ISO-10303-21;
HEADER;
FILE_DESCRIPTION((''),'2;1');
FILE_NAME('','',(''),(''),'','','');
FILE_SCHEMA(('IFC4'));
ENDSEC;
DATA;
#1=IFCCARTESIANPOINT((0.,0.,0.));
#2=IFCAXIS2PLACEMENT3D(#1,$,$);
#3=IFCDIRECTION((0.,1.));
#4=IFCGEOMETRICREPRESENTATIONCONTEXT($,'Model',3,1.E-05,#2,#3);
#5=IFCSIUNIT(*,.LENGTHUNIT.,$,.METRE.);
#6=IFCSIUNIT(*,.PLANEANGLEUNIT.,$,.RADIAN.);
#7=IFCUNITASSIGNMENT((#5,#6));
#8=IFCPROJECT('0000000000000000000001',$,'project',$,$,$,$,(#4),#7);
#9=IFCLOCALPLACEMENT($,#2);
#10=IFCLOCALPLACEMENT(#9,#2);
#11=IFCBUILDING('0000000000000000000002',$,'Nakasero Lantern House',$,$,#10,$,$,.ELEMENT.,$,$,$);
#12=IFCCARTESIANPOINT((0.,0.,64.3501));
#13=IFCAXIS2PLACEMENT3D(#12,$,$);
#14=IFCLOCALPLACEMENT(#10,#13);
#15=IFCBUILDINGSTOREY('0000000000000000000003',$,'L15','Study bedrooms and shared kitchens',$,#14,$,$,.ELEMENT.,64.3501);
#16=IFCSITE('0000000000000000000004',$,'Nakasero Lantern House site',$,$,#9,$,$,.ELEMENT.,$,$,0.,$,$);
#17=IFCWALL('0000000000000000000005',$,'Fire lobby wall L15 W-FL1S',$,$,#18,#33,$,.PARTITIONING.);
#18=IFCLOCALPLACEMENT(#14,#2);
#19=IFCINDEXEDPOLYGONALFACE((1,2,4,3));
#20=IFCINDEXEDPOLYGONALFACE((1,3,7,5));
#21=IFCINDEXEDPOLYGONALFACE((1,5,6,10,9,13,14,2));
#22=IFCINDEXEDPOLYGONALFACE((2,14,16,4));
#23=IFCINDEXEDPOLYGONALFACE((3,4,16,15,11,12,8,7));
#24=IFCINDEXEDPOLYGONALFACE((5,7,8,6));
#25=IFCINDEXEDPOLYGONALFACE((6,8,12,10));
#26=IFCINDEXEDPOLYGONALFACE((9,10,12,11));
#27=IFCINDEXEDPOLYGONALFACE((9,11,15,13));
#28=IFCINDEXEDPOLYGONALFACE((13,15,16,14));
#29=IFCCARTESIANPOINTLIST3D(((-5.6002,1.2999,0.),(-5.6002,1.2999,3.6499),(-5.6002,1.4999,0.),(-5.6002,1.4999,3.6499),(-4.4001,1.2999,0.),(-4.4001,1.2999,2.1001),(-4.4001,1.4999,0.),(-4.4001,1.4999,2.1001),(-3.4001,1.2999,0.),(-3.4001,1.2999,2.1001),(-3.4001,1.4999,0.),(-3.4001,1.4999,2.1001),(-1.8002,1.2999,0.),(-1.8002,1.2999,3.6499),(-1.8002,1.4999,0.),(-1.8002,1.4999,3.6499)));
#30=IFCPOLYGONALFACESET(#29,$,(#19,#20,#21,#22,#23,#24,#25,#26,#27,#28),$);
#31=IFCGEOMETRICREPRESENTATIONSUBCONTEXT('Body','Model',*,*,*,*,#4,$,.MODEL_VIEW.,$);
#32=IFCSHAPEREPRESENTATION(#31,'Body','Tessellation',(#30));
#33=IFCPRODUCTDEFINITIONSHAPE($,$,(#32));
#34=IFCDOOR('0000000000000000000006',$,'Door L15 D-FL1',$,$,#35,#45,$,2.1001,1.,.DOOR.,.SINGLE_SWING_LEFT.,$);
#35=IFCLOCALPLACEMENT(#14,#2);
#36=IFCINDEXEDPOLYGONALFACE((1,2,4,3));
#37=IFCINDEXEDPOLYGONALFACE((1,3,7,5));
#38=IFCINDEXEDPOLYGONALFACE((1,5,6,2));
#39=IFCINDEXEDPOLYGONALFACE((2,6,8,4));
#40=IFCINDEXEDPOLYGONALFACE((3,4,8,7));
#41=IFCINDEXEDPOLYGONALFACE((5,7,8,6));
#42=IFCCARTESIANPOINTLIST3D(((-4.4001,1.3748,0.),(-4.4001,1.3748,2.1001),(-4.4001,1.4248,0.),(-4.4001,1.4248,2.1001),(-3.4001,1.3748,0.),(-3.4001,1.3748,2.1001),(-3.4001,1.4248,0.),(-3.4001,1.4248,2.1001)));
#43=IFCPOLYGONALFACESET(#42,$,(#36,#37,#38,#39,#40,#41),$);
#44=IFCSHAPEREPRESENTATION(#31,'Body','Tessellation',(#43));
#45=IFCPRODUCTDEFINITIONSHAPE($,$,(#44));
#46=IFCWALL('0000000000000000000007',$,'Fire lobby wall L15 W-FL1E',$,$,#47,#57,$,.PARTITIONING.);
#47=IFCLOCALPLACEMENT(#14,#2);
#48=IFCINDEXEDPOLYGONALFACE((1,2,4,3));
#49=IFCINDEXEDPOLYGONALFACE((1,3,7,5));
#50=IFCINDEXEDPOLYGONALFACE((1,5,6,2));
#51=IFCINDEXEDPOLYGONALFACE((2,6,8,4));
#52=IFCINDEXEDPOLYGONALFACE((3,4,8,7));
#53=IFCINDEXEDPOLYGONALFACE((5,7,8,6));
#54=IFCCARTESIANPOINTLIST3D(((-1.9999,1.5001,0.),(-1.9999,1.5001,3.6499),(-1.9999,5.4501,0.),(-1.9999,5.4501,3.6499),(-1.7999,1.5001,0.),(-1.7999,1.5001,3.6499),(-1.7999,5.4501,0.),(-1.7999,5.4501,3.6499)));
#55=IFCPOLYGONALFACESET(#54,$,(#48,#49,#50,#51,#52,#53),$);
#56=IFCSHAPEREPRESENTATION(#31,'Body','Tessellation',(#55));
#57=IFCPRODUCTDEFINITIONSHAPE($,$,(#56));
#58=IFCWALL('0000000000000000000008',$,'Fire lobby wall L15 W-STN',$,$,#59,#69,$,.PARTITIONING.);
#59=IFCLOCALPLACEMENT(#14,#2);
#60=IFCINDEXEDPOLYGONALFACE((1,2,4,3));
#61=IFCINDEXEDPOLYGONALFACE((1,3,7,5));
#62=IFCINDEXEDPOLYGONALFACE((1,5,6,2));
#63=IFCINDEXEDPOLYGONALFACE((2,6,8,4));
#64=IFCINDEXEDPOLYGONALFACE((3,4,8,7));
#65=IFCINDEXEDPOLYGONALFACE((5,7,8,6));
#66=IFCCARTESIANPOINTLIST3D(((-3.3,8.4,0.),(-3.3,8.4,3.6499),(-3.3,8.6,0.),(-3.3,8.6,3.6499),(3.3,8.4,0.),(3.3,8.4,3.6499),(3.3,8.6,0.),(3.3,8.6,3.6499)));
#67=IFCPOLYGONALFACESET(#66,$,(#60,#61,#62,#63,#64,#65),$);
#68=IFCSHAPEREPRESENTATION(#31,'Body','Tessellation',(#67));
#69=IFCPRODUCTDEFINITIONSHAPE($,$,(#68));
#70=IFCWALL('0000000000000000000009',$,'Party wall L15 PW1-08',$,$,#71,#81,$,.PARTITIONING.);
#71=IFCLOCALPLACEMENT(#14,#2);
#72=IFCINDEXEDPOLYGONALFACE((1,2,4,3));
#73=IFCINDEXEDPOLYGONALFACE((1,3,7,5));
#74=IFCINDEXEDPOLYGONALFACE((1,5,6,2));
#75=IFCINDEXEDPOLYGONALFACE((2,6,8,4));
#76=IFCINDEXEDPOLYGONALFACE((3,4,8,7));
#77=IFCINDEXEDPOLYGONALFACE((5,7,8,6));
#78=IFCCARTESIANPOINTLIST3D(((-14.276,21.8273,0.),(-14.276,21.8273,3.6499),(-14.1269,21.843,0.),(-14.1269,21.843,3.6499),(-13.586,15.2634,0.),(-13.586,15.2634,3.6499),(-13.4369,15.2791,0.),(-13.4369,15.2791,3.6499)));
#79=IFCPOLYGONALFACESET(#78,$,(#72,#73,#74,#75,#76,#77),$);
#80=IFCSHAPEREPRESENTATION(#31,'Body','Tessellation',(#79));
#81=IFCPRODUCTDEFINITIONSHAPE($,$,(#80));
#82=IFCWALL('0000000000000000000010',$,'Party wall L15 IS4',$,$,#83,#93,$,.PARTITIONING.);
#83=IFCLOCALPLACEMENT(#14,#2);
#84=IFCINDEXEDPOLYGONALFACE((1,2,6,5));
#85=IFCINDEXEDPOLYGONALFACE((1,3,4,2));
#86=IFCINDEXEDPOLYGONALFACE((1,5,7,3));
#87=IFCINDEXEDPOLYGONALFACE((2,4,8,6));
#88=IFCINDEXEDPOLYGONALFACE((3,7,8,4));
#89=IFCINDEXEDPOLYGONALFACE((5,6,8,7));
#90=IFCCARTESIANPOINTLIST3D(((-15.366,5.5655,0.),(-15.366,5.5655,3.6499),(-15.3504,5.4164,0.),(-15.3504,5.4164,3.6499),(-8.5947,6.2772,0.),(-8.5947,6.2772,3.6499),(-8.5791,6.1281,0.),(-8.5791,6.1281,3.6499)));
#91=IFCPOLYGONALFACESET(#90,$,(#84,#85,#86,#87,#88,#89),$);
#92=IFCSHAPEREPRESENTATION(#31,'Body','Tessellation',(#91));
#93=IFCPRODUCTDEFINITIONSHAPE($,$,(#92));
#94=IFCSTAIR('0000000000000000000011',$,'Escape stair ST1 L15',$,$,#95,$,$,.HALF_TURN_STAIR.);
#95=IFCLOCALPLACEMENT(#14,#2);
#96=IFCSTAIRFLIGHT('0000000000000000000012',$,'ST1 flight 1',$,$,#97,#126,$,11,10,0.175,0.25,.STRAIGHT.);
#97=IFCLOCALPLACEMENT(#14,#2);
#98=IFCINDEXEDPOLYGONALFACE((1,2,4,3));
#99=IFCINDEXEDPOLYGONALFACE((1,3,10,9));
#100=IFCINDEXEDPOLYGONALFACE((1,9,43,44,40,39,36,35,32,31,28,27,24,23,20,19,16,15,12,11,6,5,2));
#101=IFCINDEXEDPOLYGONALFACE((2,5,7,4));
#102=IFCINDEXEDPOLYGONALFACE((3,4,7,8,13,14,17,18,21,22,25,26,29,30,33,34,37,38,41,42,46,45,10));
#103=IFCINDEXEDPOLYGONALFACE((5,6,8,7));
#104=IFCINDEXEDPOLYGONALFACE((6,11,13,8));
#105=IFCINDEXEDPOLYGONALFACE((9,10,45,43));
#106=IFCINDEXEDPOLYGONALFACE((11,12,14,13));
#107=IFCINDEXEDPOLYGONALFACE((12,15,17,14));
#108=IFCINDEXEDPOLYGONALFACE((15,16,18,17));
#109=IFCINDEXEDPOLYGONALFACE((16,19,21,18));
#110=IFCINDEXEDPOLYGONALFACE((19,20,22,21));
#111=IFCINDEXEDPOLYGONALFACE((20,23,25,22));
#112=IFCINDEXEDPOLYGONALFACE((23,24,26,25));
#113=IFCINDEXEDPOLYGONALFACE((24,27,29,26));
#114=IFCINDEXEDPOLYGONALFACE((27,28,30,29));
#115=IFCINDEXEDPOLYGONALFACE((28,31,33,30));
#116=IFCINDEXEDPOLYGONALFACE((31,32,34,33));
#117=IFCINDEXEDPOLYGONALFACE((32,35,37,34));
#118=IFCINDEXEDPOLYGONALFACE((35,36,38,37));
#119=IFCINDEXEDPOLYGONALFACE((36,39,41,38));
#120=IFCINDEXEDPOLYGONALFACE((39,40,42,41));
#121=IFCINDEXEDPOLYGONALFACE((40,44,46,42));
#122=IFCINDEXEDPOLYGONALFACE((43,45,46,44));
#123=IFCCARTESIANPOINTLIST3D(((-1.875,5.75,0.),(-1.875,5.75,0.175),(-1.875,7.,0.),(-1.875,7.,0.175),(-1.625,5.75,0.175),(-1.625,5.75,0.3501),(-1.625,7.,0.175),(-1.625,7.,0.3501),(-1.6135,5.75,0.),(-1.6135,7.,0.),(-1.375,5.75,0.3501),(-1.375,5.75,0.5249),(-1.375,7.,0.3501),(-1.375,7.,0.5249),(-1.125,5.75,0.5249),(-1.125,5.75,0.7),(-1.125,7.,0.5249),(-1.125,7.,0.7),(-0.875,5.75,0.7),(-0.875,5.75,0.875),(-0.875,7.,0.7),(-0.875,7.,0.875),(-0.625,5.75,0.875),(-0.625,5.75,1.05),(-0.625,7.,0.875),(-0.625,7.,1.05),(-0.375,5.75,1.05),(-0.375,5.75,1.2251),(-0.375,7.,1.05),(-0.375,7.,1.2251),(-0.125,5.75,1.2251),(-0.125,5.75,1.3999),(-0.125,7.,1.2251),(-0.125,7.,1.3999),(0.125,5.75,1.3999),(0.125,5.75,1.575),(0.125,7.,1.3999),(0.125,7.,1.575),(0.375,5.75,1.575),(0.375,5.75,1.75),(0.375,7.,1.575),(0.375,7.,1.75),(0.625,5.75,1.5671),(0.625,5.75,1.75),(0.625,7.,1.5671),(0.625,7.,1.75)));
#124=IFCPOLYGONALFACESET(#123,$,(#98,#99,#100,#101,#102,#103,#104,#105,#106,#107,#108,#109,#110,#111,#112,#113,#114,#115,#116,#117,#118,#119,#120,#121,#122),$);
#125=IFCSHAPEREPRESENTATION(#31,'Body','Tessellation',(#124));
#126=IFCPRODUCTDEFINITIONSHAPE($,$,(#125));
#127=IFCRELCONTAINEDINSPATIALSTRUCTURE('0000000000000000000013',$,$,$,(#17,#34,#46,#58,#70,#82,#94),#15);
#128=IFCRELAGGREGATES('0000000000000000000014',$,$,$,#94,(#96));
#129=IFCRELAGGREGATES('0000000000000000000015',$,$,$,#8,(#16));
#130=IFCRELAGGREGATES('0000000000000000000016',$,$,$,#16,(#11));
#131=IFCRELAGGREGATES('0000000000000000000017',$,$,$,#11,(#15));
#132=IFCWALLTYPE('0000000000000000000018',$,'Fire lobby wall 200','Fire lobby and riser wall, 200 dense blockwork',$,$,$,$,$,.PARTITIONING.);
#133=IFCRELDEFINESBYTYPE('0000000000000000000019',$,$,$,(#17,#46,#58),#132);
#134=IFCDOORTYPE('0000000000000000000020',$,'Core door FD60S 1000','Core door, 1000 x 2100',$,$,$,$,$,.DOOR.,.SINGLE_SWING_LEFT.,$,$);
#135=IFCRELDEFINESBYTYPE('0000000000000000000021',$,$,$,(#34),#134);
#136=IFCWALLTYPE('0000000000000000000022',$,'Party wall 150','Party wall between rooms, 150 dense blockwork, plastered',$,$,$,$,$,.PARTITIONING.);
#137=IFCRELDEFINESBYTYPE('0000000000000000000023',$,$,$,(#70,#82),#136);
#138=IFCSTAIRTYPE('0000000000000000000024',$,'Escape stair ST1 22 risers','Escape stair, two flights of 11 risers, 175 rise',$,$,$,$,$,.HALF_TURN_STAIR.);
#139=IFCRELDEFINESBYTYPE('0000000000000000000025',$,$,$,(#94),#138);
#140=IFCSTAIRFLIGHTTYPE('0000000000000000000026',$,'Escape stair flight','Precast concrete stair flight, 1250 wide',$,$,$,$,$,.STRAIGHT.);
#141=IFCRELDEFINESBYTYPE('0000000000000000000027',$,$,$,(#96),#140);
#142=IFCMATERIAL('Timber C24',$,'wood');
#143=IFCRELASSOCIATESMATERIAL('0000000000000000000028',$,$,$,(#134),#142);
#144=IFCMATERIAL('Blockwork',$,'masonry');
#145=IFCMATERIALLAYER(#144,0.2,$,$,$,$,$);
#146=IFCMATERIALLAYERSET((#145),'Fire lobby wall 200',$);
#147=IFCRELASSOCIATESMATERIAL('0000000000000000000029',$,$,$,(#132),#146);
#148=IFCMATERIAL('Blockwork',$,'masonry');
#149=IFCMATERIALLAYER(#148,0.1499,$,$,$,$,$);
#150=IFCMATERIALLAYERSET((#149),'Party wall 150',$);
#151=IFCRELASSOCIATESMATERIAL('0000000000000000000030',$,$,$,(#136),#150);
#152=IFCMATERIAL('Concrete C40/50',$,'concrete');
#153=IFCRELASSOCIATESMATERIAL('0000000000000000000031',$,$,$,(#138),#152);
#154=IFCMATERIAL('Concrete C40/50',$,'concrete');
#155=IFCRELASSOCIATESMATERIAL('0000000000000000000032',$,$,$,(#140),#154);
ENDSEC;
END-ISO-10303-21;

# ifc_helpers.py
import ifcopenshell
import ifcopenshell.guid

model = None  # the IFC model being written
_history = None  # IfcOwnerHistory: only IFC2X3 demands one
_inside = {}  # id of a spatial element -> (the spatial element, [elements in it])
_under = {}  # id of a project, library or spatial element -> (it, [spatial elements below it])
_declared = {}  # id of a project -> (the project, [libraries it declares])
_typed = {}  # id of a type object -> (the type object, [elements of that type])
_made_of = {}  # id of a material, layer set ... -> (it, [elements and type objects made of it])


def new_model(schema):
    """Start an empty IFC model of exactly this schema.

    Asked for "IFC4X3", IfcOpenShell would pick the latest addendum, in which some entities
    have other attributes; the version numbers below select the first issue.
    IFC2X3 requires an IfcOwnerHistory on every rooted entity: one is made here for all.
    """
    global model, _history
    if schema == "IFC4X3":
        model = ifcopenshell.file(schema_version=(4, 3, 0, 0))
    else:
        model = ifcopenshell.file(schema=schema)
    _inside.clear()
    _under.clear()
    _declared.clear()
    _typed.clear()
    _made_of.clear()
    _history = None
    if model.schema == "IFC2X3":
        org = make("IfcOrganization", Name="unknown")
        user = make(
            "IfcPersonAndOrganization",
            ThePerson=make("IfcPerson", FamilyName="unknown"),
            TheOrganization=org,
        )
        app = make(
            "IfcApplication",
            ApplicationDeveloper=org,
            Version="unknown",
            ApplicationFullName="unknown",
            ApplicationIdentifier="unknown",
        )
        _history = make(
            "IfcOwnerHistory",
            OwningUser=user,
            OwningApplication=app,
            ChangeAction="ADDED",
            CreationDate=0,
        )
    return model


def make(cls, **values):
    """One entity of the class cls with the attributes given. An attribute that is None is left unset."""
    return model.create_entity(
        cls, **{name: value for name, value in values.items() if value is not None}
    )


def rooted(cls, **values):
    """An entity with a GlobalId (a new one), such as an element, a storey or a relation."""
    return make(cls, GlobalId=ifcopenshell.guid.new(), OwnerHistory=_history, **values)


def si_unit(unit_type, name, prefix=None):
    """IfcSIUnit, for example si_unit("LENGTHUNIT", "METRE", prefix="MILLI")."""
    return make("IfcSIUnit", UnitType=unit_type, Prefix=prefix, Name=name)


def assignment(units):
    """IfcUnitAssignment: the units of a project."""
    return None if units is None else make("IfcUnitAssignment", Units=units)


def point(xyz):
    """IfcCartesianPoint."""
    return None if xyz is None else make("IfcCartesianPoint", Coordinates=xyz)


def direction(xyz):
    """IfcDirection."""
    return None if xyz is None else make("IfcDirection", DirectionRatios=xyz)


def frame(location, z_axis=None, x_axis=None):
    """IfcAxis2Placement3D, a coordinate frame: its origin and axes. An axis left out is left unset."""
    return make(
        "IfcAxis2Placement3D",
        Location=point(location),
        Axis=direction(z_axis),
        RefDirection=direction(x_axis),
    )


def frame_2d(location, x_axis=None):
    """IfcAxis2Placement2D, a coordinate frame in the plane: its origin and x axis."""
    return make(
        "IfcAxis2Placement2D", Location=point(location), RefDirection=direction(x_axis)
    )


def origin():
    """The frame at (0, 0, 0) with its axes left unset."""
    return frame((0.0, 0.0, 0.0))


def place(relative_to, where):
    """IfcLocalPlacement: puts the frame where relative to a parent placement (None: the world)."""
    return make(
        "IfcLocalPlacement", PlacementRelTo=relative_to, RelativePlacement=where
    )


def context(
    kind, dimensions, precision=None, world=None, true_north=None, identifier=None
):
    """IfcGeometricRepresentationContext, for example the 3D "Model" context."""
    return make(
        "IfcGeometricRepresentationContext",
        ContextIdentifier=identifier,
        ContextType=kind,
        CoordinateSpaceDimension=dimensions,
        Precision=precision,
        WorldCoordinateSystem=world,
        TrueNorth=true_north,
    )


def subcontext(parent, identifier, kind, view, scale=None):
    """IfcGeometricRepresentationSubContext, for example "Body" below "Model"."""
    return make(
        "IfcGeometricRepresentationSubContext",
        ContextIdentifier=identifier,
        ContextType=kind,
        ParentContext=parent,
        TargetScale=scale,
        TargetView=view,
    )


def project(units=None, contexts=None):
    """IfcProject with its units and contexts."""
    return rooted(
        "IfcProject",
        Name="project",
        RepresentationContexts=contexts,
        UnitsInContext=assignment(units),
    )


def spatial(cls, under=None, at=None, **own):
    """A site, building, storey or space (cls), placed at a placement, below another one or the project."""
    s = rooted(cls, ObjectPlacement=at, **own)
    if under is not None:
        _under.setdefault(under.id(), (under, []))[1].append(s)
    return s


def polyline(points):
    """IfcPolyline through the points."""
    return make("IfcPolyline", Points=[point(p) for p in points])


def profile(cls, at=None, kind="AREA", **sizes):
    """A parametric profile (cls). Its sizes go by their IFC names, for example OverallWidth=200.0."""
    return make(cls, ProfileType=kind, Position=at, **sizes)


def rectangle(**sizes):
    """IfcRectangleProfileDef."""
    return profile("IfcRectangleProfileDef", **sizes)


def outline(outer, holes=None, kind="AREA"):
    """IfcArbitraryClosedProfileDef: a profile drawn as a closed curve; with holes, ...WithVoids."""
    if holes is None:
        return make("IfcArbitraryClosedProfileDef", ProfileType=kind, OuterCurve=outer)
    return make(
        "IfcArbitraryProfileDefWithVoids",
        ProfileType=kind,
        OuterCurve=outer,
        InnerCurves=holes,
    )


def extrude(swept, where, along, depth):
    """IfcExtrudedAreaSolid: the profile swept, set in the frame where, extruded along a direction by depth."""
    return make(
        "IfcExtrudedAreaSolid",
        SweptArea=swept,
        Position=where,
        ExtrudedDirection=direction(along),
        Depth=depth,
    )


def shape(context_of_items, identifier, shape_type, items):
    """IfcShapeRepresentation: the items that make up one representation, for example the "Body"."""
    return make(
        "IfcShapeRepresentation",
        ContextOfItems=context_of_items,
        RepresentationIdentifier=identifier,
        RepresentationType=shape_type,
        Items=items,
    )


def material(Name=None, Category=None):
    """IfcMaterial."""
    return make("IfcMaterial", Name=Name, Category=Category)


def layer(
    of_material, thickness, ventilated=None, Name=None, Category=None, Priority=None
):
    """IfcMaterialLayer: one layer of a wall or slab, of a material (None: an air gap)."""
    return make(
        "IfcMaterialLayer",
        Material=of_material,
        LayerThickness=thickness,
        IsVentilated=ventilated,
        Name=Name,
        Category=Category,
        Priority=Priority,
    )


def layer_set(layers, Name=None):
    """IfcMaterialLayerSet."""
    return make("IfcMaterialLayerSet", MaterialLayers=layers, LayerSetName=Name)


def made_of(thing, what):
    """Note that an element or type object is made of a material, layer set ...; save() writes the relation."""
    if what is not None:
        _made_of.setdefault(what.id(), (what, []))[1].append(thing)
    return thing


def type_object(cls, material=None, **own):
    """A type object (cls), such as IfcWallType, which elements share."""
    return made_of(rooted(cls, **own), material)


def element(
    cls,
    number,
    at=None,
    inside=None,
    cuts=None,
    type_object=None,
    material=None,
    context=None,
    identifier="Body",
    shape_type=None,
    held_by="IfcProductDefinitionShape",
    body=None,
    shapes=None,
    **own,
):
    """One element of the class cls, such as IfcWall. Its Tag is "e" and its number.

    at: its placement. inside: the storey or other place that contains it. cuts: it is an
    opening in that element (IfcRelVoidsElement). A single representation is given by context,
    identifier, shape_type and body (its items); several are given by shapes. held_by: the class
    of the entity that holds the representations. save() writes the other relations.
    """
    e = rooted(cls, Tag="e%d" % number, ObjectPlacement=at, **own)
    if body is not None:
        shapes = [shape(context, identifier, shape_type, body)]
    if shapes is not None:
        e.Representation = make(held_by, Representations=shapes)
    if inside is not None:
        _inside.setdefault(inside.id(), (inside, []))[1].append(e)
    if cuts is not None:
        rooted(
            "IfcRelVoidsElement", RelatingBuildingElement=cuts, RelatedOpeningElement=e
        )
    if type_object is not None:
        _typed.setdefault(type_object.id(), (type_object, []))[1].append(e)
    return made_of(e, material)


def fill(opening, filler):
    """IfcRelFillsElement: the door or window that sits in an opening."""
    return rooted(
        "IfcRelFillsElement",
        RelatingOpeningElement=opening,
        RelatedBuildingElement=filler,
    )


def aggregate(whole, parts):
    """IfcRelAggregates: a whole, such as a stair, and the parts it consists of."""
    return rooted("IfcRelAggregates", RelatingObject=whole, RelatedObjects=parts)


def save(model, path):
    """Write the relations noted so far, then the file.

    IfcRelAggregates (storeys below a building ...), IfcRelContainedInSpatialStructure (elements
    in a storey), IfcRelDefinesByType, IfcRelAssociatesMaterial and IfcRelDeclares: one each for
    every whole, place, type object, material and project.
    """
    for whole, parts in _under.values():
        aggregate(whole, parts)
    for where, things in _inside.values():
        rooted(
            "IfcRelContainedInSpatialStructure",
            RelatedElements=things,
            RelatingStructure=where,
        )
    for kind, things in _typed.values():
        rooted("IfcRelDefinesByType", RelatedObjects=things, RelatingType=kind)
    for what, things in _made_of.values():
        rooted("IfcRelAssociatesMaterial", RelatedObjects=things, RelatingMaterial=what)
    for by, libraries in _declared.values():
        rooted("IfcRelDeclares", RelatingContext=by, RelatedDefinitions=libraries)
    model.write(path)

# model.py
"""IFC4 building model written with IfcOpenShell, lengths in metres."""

from ifc_helpers import new_model, si_unit, direction, frame, frame_2d, origin, place, context, subcontext, project, spatial, polyline, rectangle, outline, extrude, material, layer, layer_set, type_object, element, fill, aggregate, save


model = new_model("IFC4")

# Units and contexts
model_context = context("Model", 3, precision=1e-05, world=origin(), true_north=direction((0.0, 1.0)))
body_context = subcontext(model_context, "Body", "Model", "MODEL_VIEW")
ifc_project = project(units=[si_unit("LENGTHUNIT", "METRE"), si_unit("PLANEANGLEUNIT", "RADIAN")], contexts=[model_context])

# Site, building, storey
site_placement = place(None, origin())
site = spatial("IfcSite", under=ifc_project, at=site_placement, Name="Nakasero Lantern House site", CompositionType="ELEMENT", RefElevation=0.0)
building_placement = place(site_placement, origin())
building = spatial("IfcBuilding", under=site, at=building_placement, Name="Nakasero Lantern House", CompositionType="ELEMENT")
storey_placement = place(building_placement, frame((0.0, 0.0, 64.3501)))
storey = spatial("IfcBuildingStorey", under=building, at=storey_placement, Name="L15", Description="Study bedrooms and shared kitchens", CompositionType="ELEMENT", Elevation=64.3501)

# Shared definitions
ifc_material_1 = material(Name="Timber C24", Category="wood")
door_type_1 = type_object("IfcDoorType", Name="Core door FD60S 1000", Description="Core door, 1000 x 2100", OperationType="SINGLE_SWING_LEFT", PredefinedType="DOOR", material=ifc_material_1)

# Wall, opening, door
ifc_material_2 = material(Name="Blockwork", Category="masonry")
ifc_layer_1 = layer(ifc_material_2, 0.2)
ifc_layer_set_1 = layer_set([ifc_layer_1], Name="Fire lobby wall 200")
wall_type_1 = type_object("IfcWallType", Name="Fire lobby wall 200", Description="Fire lobby and riser wall, 200 dense blockwork", PredefinedType="PARTITIONING", material=ifc_layer_set_1)
wall_1_placement = place(storey_placement, frame((-5.6001, 1.3999, 0.0), z_axis=(0.0, 0.0, 1.0), x_axis=(1.0, 0.0, 0.0)))
wall_1 = element("IfcWall", 1, at=wall_1_placement, inside=storey, type_object=wall_type_1, Name="Fire lobby wall L15 W-FL1S", PredefinedType="PARTITIONING", context=body_context, shape_type="SweptSolid", body=[
    extrude(rectangle(XDim=3.8, YDim=0.2, at=frame_2d((1.8999, 0.0))), origin(), (0.0, 0.0, 1.0), 3.6499),
])
opening_1_placement = place(wall_1_placement, frame((1.2, 0.0, 0.0)))
opening_1 = element("IfcOpeningElement", 2, at=opening_1_placement, cuts=wall_1, PredefinedType="OPENING", context=body_context, shape_type="SweptSolid", body=[
    extrude(rectangle(XDim=1.0, YDim=2.1001, at=frame_2d((0.5, 1.05))), frame((0.0, 0.1199, 0.0), z_axis=(0.0, -1.0, 0.0), x_axis=(1.0, 0.0, 0.0)), (0.0, 0.0, 1.0), 0.24),
])
door_1_placement = place(opening_1_placement, origin())
door_1 = element("IfcDoor", 3, at=door_1_placement, inside=storey, type_object=door_type_1, Name="Door L15 D-FL1", OperationType="SINGLE_SWING_LEFT", OverallHeight=2.1001, OverallWidth=1.0, PredefinedType="DOOR", context=body_context, shape_type="SweptSolid", body=[
    extrude(rectangle(XDim=1.0, YDim=2.1001, at=frame_2d((0.5, 1.05))), frame((0.0, 0.0249, 0.0), z_axis=(0.0, -1.0, 0.0), x_axis=(1.0, 0.0, 0.0)), (0.0, 0.0, 1.0), 0.05),
])
fill(opening_1, door_1)

# Walls
wall_2_placement = place(storey_placement, frame((-1.8999, 1.5, 0.0), z_axis=(0.0, 0.0, 1.0), x_axis=(0.0, 1.0, 0.0)))
element("IfcWall", 4, at=wall_2_placement, inside=storey, type_object=wall_type_1, Name="Fire lobby wall L15 W-FL1E", PredefinedType="PARTITIONING", context=body_context, shape_type="SweptSolid", body=[
    extrude(rectangle(XDim=3.95, YDim=0.2, at=frame_2d((1.9751, 0.0))), origin(), (0.0, 0.0, 1.0), 3.6499),
])
wall_3_placement = place(storey_placement, frame((-3.3, 8.5, 0.0), z_axis=(0.0, 0.0, 1.0), x_axis=(1.0, 0.0, 0.0)))
element("IfcWall", 5, at=wall_3_placement, inside=storey, type_object=wall_type_1, Name="Fire lobby wall L15 W-STN", PredefinedType="PARTITIONING", context=body_context, shape_type="SweptSolid", body=[
    extrude(rectangle(XDim=6.6001, YDim=0.2, at=frame_2d((3.3, 0.0))), origin(), (0.0, 0.0, 1.0), 3.6499),
])
ifc_material_3 = material(Name="Blockwork", Category="masonry")
ifc_layer_2 = layer(ifc_material_3, 0.1499)
ifc_layer_set_2 = layer_set([ifc_layer_2], Name="Party wall 150")
wall_type_2 = type_object("IfcWallType", Name="Party wall 150", Description="Party wall between rooms, 150 dense blockwork, plastered", PredefinedType="PARTITIONING", material=ifc_layer_set_2)
wall_4_placement = place(storey_placement, frame((-13.5115, 15.2712, 0.0), z_axis=(0.0, 0.0, 1.0), x_axis=(-0.104535, 0.994521, 0.0)))
element("IfcWall", 6, at=wall_4_placement, inside=storey, type_object=wall_type_2, Name="Party wall L15 PW1-08", PredefinedType="PARTITIONING", context=body_context, shape_type="SweptSolid", body=[
    extrude(rectangle(XDim=6.6001, YDim=0.1499, at=frame_2d((3.3, 0.0))), origin(), (0.0, 0.0, 1.0), 3.6499),
])
wall_5_placement = place(storey_placement, frame((-8.5869, 6.2026, 0.0), z_axis=(0.0, 0.0, 1.0), x_axis=(-0.994522, -0.104526, 0.0)))
element("IfcWall", 7, at=wall_5_placement, inside=storey, type_object=wall_type_2, Name="Party wall L15 IS4", PredefinedType="PARTITIONING", context=body_context, shape_type="SweptSolid", body=[
    extrude(rectangle(XDim=6.8086, YDim=0.1499, at=frame_2d((3.4043, 0.0))), origin(), (0.0, 0.0, 1.0), 3.6499),
])

# Stair, stair flight
ifc_material_4 = material(Name="Concrete C40/50", Category="concrete")
stair_type = type_object("IfcStairType", Name="Escape stair ST1 22 risers", Description="Escape stair, two flights of 11 risers, 175 rise", PredefinedType="HALF_TURN_STAIR", material=ifc_material_4)
stair_placement = place(storey_placement, origin())
stair = element("IfcStair", 8, at=stair_placement, inside=storey, type_object=stair_type, Name="Escape stair ST1 L15", PredefinedType="HALF_TURN_STAIR")
ifc_material_5 = material(Name="Concrete C40/50", Category="concrete")
stair_flight_type = type_object("IfcStairFlightType", Name="Escape stair flight", Description="Precast concrete stair flight, 1250 wide", PredefinedType="STRAIGHT", material=ifc_material_5)
stair_flight_placement = place(storey_placement, frame((-1.875, 6.375, 0.0), z_axis=(0.0, 0.0, 1.0), x_axis=(1.0, 0.0, 0.0)))
stair_flight = element("IfcStairFlight", 9, at=stair_flight_placement, type_object=stair_flight_type, Name="ST1 flight 1", NumberOfRisers=11, NumberOfTreads=10, PredefinedType="STRAIGHT", RiserHeight=0.175, TreadLength=0.25, context=body_context, shape_type="SweptSolid", body=[
    extrude(outline(polyline([(0.0, 0.0), (0.0, 0.175), (0.25, 0.175), (0.25, 0.3501), (0.5, 0.3501), (0.5, 0.5249), (0.75, 0.5249), (0.75, 0.7), (1.0, 0.7), (1.0, 0.875), (1.25, 0.875), (1.25, 1.05), (1.5, 1.05), (1.5, 1.2251), (1.75, 1.2251), (1.75, 1.3999), (2.0, 1.3999), (2.0, 1.575), (2.25, 1.575), (2.25, 1.75), (2.5, 1.75), (2.5, 1.925), (2.5, 1.5671), (0.2615, 0.0), (0.0, 0.0)])), frame((0.0, 0.625, 0.0), z_axis=(0.0, -1.0, 0.0), x_axis=(1.0, 0.0, 0.0)), (0.0, 0.0, 1.0), 1.25),
])
aggregate(stair, [stair_flight])

save(model, "model.ifc")
